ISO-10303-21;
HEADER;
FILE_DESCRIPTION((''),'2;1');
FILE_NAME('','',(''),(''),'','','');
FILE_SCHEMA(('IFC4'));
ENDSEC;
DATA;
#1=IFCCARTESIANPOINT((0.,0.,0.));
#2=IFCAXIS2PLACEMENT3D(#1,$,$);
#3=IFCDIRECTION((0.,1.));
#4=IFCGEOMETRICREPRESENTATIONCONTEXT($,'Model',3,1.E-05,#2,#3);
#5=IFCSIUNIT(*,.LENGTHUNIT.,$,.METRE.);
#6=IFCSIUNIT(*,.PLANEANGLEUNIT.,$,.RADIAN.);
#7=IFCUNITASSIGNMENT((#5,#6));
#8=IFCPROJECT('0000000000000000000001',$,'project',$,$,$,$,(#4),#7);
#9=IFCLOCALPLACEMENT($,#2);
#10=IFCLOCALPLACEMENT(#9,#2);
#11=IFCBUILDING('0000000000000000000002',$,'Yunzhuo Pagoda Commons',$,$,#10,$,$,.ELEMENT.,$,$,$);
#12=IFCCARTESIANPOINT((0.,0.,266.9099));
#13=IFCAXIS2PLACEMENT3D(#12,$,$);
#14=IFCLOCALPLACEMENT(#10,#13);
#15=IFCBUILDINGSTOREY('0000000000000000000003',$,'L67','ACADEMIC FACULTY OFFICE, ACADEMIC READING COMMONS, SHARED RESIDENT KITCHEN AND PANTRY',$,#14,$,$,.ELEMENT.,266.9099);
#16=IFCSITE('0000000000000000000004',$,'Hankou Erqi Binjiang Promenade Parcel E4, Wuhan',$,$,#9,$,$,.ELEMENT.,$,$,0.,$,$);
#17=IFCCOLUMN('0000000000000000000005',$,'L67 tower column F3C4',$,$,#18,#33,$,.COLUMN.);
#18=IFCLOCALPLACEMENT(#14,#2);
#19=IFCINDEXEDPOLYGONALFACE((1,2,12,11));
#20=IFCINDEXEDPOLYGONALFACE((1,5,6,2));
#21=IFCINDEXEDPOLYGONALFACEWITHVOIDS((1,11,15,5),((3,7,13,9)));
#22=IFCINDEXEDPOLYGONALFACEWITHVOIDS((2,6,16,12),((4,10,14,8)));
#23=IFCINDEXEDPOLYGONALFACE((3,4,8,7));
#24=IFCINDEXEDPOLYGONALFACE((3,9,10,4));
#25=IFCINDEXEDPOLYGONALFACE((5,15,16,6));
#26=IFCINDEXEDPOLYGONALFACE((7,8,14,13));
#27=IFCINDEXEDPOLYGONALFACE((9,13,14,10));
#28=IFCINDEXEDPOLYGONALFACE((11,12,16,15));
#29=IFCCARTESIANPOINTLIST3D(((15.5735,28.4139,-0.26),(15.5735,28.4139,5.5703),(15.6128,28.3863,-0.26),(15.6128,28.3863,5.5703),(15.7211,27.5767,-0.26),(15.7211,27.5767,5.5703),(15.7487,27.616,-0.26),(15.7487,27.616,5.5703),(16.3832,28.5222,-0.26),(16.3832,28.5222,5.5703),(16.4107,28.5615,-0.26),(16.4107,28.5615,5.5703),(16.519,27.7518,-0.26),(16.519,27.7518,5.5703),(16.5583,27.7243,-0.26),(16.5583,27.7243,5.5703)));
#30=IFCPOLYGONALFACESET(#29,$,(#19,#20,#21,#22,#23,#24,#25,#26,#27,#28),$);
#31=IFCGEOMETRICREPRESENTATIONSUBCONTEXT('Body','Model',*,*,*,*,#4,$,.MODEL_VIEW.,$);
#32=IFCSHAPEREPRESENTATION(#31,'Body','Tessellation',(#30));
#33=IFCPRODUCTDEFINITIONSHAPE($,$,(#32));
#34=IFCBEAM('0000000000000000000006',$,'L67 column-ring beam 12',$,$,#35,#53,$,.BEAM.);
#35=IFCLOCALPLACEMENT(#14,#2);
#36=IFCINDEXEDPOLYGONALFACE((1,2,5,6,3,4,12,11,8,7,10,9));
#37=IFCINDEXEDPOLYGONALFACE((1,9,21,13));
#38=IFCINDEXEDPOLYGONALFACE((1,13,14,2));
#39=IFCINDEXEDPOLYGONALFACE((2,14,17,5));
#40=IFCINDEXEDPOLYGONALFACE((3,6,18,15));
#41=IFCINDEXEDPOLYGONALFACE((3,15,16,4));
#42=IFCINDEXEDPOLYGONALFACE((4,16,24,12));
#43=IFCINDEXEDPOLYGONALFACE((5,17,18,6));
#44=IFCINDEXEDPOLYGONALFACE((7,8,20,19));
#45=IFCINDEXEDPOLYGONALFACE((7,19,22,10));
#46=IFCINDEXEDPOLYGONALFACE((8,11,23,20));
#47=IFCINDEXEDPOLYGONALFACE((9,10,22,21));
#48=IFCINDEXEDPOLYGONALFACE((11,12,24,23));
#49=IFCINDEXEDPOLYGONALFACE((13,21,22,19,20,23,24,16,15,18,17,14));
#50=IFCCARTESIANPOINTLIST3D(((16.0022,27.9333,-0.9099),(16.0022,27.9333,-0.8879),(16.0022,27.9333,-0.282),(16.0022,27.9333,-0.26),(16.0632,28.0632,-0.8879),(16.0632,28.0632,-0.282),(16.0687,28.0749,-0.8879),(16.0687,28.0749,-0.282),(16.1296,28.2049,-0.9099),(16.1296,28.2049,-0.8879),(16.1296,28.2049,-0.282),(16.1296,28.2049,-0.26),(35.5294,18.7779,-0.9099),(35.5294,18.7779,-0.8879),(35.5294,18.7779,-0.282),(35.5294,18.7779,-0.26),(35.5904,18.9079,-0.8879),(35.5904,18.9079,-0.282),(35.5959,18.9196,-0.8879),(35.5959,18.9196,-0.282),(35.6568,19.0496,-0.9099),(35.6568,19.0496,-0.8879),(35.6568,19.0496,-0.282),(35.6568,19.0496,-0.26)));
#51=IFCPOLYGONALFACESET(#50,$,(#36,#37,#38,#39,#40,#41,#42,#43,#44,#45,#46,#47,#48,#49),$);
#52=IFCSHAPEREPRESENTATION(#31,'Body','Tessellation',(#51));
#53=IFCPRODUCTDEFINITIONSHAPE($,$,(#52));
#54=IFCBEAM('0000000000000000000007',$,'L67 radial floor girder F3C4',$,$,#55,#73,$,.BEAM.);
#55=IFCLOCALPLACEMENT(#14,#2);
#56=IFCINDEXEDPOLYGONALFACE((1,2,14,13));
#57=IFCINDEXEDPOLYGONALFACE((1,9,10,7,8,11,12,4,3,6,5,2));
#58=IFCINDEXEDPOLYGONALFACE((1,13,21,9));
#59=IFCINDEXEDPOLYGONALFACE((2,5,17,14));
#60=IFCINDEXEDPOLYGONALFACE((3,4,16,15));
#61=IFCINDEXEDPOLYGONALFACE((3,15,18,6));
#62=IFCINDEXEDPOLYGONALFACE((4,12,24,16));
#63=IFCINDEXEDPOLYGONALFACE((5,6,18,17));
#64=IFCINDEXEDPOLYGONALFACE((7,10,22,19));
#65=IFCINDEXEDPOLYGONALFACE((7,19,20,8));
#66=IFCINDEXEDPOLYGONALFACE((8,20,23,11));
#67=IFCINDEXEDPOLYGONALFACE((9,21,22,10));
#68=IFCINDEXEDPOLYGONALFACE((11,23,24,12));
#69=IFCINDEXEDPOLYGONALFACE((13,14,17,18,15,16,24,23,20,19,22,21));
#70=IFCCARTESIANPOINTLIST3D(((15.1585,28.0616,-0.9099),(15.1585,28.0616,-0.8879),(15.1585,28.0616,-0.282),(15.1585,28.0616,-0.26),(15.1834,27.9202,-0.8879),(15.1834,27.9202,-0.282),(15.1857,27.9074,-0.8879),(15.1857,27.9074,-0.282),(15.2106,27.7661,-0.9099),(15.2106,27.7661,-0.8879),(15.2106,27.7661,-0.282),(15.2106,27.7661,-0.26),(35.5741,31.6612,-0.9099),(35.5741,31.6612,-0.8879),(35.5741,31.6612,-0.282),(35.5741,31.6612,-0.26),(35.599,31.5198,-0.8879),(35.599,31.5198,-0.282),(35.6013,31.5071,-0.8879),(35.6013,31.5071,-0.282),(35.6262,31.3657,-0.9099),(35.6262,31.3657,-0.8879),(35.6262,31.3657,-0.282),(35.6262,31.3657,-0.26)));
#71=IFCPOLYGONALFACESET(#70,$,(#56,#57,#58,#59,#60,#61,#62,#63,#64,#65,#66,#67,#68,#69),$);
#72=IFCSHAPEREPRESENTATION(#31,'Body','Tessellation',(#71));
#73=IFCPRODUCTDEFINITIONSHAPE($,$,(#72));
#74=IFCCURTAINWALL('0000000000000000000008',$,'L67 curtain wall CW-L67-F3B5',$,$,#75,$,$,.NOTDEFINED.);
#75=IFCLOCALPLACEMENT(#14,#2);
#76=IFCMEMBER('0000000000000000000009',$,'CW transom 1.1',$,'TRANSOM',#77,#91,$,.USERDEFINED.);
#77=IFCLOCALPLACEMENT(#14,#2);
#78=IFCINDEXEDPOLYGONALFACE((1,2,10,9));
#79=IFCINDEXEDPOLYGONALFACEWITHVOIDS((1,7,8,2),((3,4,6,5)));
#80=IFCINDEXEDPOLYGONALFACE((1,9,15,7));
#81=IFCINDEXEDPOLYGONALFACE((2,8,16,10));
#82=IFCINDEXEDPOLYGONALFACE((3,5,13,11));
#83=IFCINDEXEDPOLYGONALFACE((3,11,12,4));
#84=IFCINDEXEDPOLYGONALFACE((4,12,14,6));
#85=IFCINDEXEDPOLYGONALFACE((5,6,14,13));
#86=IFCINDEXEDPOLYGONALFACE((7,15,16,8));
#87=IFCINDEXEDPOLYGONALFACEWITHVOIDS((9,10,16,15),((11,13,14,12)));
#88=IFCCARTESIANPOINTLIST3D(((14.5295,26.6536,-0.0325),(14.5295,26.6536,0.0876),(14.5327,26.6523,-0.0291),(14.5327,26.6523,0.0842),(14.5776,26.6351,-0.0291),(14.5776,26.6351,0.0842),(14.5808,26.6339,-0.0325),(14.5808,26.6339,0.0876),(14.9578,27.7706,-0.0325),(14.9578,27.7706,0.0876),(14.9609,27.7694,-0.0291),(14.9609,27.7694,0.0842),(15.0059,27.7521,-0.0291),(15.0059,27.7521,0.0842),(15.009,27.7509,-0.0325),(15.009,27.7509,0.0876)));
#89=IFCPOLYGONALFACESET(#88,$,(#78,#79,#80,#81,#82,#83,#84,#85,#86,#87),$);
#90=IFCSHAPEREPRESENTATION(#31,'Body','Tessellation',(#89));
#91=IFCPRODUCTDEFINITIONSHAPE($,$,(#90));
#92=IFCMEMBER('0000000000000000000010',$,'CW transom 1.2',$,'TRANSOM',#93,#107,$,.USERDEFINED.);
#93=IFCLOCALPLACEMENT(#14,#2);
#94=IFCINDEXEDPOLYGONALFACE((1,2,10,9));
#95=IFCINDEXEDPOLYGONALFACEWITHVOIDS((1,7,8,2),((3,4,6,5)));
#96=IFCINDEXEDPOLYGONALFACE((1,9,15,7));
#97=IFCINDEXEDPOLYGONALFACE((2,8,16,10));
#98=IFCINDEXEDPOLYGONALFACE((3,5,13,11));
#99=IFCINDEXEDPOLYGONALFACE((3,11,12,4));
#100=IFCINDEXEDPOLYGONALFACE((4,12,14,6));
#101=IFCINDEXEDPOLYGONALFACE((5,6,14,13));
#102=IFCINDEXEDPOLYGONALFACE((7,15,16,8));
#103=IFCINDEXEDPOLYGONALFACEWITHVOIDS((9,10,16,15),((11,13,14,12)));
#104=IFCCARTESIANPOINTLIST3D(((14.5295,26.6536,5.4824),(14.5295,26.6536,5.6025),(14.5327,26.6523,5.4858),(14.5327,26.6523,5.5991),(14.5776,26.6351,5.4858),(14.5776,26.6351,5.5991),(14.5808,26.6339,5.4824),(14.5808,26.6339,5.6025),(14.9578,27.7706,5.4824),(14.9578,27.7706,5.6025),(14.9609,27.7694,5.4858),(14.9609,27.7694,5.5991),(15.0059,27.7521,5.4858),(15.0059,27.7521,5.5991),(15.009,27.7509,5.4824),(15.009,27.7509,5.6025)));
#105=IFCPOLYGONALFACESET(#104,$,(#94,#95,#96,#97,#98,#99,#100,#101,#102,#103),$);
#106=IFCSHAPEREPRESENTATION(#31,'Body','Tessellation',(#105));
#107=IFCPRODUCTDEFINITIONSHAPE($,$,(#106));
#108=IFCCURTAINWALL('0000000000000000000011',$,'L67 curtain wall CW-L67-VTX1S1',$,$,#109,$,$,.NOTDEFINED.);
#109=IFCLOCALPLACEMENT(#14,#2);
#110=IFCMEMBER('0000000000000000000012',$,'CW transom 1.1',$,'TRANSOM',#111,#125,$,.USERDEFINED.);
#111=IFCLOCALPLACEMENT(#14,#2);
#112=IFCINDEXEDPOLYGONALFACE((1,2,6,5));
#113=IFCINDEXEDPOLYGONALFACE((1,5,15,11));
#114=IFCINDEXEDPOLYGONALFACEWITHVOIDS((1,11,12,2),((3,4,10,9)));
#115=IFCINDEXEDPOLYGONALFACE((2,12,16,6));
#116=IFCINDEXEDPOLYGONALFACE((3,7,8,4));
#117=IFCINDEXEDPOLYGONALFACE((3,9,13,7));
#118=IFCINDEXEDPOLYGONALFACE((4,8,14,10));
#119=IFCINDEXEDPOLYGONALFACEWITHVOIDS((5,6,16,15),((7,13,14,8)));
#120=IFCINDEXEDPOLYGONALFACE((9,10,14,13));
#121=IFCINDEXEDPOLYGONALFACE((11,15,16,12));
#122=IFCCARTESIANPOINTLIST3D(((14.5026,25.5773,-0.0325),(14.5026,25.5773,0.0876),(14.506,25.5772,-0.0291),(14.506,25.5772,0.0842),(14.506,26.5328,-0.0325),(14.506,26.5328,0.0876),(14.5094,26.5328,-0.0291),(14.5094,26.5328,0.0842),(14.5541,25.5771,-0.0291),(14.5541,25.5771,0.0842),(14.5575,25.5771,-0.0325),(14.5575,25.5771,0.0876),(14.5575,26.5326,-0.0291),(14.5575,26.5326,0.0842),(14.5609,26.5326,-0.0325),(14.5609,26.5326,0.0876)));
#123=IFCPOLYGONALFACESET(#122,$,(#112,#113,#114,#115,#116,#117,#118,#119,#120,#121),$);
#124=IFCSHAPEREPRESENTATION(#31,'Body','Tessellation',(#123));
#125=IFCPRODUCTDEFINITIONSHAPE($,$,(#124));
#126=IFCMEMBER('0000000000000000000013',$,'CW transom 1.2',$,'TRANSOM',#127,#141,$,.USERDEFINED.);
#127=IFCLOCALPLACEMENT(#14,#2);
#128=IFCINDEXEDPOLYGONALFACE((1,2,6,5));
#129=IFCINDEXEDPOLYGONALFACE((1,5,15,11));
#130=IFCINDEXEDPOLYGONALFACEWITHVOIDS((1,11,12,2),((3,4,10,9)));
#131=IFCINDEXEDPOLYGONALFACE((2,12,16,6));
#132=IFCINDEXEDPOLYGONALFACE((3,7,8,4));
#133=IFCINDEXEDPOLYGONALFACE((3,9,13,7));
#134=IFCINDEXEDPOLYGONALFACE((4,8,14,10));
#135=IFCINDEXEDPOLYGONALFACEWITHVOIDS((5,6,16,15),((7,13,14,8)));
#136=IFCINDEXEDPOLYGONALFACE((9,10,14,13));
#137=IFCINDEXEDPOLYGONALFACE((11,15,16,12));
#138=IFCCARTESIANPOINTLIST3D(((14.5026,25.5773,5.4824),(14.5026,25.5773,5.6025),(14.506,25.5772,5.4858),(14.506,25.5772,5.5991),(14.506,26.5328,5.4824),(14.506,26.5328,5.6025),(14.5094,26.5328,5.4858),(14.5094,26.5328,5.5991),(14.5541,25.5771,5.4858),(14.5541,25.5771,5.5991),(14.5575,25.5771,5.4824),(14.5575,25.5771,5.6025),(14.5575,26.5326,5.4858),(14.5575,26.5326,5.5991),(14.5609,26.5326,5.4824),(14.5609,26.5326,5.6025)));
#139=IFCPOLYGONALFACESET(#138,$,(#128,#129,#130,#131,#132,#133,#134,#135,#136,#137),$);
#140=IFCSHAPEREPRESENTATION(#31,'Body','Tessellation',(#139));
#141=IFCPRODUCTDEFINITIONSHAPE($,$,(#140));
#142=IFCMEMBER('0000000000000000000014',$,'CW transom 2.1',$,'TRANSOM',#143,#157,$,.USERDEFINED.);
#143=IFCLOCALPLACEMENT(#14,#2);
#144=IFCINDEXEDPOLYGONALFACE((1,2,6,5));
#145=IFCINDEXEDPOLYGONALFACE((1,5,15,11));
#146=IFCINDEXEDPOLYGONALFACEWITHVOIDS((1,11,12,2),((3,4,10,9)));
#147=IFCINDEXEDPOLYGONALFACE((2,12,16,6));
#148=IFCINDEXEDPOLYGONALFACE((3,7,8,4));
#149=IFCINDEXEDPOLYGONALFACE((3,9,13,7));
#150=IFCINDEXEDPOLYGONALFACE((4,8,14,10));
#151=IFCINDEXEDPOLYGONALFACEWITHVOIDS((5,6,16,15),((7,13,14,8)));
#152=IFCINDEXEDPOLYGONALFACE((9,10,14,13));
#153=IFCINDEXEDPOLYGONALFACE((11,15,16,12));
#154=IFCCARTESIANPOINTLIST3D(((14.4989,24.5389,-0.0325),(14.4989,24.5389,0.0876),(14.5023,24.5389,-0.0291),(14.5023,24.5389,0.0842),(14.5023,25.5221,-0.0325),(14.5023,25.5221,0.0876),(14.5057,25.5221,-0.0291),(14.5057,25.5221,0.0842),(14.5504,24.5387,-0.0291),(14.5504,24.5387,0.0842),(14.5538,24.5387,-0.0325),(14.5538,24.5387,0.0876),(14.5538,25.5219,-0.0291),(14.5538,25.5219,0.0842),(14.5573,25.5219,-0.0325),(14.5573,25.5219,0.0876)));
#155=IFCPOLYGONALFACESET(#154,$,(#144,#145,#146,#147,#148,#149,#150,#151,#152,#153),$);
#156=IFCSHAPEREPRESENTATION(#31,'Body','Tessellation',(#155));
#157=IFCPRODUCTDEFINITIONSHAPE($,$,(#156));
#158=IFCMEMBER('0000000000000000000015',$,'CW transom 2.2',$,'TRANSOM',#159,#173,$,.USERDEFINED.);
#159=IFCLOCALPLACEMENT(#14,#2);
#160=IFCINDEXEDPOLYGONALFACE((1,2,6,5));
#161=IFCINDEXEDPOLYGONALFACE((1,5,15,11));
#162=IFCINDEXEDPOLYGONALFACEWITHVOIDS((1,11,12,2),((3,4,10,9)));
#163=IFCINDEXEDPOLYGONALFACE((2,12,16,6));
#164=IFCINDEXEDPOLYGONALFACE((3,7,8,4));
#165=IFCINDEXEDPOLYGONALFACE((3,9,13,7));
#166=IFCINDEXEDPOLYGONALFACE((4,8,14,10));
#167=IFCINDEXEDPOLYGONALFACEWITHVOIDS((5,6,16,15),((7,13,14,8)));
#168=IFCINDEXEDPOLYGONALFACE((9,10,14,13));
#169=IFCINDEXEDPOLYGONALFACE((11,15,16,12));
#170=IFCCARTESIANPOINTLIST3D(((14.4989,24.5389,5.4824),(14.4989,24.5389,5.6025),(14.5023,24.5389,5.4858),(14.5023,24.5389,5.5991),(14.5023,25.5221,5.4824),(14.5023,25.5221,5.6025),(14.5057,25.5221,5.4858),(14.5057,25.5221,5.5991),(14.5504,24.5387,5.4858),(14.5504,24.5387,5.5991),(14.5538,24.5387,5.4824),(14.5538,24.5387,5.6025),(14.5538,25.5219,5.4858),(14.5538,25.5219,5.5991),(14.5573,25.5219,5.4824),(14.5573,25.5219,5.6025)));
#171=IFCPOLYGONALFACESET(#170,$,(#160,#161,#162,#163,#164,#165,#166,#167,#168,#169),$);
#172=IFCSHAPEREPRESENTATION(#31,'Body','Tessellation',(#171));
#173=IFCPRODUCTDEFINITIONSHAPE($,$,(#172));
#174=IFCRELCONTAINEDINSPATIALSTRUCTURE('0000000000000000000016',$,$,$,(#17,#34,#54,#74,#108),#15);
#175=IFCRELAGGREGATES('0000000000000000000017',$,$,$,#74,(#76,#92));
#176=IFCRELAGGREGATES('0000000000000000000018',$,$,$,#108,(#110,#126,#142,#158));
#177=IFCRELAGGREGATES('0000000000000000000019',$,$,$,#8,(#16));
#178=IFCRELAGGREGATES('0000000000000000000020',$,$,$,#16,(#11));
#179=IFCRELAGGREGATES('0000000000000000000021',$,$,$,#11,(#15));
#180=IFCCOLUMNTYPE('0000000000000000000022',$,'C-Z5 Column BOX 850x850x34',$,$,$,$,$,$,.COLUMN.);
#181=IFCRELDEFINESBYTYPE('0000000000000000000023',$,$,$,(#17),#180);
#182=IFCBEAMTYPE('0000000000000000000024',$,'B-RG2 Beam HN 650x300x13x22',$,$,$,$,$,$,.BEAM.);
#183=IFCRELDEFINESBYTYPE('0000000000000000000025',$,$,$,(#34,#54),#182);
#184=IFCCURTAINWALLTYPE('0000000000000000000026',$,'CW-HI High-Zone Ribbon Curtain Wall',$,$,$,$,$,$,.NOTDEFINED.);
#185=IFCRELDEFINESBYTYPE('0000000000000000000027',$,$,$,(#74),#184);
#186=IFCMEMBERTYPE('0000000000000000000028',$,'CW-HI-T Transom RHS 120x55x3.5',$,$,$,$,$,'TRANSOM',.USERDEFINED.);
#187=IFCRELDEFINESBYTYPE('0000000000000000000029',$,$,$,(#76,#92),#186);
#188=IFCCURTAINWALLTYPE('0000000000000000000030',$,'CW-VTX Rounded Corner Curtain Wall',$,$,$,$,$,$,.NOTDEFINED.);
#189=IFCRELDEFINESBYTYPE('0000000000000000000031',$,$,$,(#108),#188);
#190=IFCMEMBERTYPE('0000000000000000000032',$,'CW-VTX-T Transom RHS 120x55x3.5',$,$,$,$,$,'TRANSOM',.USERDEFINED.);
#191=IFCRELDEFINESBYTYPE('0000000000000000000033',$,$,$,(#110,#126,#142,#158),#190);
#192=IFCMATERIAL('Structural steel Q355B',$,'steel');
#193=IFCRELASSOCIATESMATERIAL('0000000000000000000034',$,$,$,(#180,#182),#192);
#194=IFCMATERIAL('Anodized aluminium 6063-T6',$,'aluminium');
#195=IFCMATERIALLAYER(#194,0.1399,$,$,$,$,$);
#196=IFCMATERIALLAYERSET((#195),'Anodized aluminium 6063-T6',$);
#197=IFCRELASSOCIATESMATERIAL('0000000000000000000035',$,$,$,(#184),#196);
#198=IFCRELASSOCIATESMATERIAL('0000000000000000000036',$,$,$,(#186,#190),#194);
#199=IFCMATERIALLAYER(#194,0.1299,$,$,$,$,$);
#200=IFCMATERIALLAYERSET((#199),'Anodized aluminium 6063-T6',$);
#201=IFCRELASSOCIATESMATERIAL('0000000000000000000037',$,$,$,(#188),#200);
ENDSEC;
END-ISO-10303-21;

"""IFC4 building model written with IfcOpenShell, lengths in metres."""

from ifc_helpers import new_model, si_unit, direction, frame, origin, origin_2d, place, context, subcontext, project, spatial, hollow_rectangle, i_section, extrude, source, transform, mapped, material, layer, layer_set, material_profile, profile_set, type_object, element, aggregate, save


model = new_model("IFC4")

# Units and contexts
model_context = context("Model", 3, precision=1e-05, world=origin(), true_north=direction((0.0, 1.0)))
body_context = subcontext(model_context, "Body", "Model", "MODEL_VIEW")
ifc_project = project(units=[si_unit("LENGTHUNIT", "METRE"), si_unit("PLANEANGLEUNIT", "RADIAN")], contexts=[model_context])

# Site, building, storey
site_placement = place(None, origin())
site = spatial("IfcSite", under=ifc_project, at=site_placement, Name="Hankou Erqi Binjiang Promenade Parcel E4, Wuhan", CompositionType="ELEMENT", RefElevation=0.0)
building_placement = place(site_placement, origin())
building = spatial("IfcBuilding", under=site, at=building_placement, Name="Yunzhuo Pagoda Commons", CompositionType="ELEMENT")
storey_placement = place(building_placement, frame((0.0, 0.0, 266.9099)))
storey = spatial("IfcBuildingStorey", under=building, at=storey_placement, Name="L67", Description="ACADEMIC FACULTY OFFICE, ACADEMIC READING COMMONS, SHARED RESIDENT KITCHEN AND PANTRY", CompositionType="ELEMENT", Elevation=266.9099)

# Column
ifc_material_1 = material(Name="Structural steel Q355B", Category="steel")
ifc_material_profile_1 = material_profile(ifc_material_1, hollow_rectangle(XDim=0.8501, YDim=0.8501, WallThickness=0.0339, at=origin_2d()), Name="Structural steel Q355B")
ifc_profile_set_1 = profile_set([ifc_material_profile_1], Name="Structural steel Q355B")
column_type = type_object("IfcColumnType", Name="C-Z5 Column BOX 850x850x34", PredefinedType="COLUMN", material=ifc_profile_set_1)
shared_shape_1 = source(origin(), body_context, "Body", "SweptSolid", [
    extrude(hollow_rectangle(XDim=0.8501, YDim=0.8501, WallThickness=0.0339, at=origin_2d()), origin(), (0.0, 0.0, 1.0), 5.8303),
])
column_placement = place(storey_placement, frame((16.0659, 28.0691, -0.26), z_axis=(0.0, 0.0, 1.0), x_axis=(0.173648, -0.984808, 0.0)))
element("IfcColumn", 1, at=column_placement, inside=storey, type_object=column_type, Name="L67 tower column F3C4", PredefinedType="COLUMN", context=body_context, shape_type="MappedRepresentation", body=[
    mapped(shared_shape_1, transform((0.0, 0.0, 0.0), scale=1.0)),
])

# Beams
ifc_material_profile_2 = material_profile(ifc_material_1, i_section(OverallWidth=0.3, OverallDepth=0.6499, WebThickness=0.0129, FlangeThickness=0.022, at=origin_2d()), Name="Structural steel Q355B")
ifc_profile_set_2 = profile_set([ifc_material_profile_2], Name="Structural steel Q355B")
beam_type = type_object("IfcBeamType", Name="B-RG2 Beam HN 650x300x13x22", PredefinedType="BEAM", material=ifc_profile_set_2)
shared_shape_2 = source(origin(), body_context, "Body", "SweptSolid", [
    extrude(i_section(OverallWidth=0.3, OverallDepth=0.6499, WebThickness=0.0129, FlangeThickness=0.022, at=origin_2d()), origin(), (0.0, 0.0, 1.0), 21.5669),
])
beam_1_placement = place(storey_placement, frame((16.0659, 28.0691, -0.585), z_axis=(0.905424, -0.424508, 0.0), x_axis=(0.424508, 0.905424, 0.0)))
element("IfcBeam", 2, at=beam_1_placement, inside=storey, type_object=beam_type, Name="L67 column-ring beam 12", PredefinedType="BEAM", context=body_context, shape_type="MappedRepresentation", body=[
    mapped(shared_shape_2, transform((0.0, 0.0, 0.0), scale=1.0)),
])
shared_shape_3 = source(origin(), body_context, "Body", "SweptSolid", [
    extrude(i_section(OverallWidth=0.3, OverallDepth=0.6499, WebThickness=0.0129, FlangeThickness=0.022, at=origin_2d()), origin(), (0.0, 0.0, 1.0), 20.7305),
])
beam_2_placement = place(storey_placement, frame((15.1846, 27.9138, -0.585), z_axis=(0.984809, 0.173639, 0.0), x_axis=(-0.173639, 0.984809, 0.0)))
element("IfcBeam", 3, at=beam_2_placement, inside=storey, type_object=beam_type, Name="L67 radial floor girder F3C4", PredefinedType="BEAM", context=body_context, shape_type="MappedRepresentation", body=[
    mapped(shared_shape_3, transform((0.0, 0.0, 0.0), scale=1.0)),
])

# Curtain walls, members
ifc_material_2 = material(Name="Anodized aluminium 6063-T6", Category="aluminium")
ifc_layer_1 = layer(ifc_material_2, 0.1399)
ifc_layer_set_1 = layer_set([ifc_layer_1], Name="Anodized aluminium 6063-T6")
curtain_wall_type_1 = type_object("IfcCurtainWallType", Name="CW-HI High-Zone Ribbon Curtain Wall", PredefinedType="NOTDEFINED", material=ifc_layer_set_1)
curtain_wall_1_placement = place(storey_placement, origin())
curtain_wall_1 = element("IfcCurtainWall", 4, at=curtain_wall_1_placement, inside=storey, type_object=curtain_wall_type_1, Name="L67 curtain wall CW-L67-F3B5", PredefinedType="NOTDEFINED")
ifc_material_profile_3 = material_profile(ifc_material_2, hollow_rectangle(XDim=0.0549, YDim=0.1201, WallThickness=0.0034, at=origin_2d()), Name="Anodized aluminium 6063-T6")
ifc_profile_set_3 = profile_set([ifc_material_profile_3], Name="Anodized aluminium 6063-T6")
member_type_1 = type_object("IfcMemberType", Name="CW-HI-T Transom RHS 120x55x3.5", ElementType="TRANSOM", PredefinedType="USERDEFINED", material=ifc_profile_set_3)
shared_shape_4 = source(origin(), body_context, "Body", "SweptSolid", [
    extrude(hollow_rectangle(XDim=0.0549, YDim=0.1201, WallThickness=0.0034, at=origin_2d()), origin(), (0.0, 0.0, 1.0), 1.1963),
])
member_1_placement = place(storey_placement, frame((14.9834, 27.7607, 0.0276), z_axis=(-0.35798, -0.933729, 0.0), x_axis=(0.933729, -0.35798, 0.0)))
member_1 = element("IfcMember", 5, at=member_1_placement, type_object=member_type_1, Name="CW transom 1.1", ObjectType="TRANSOM", PredefinedType="USERDEFINED", context=body_context, shape_type="MappedRepresentation", body=[
    mapped(shared_shape_4, transform((0.0, 0.0, 0.0), scale=1.0)),
])
member_2_placement = place(storey_placement, frame((14.9834, 27.7607, 5.5425), z_axis=(-0.35798, -0.933729, 0.0), x_axis=(0.933729, -0.35798, 0.0)))
member_2 = element("IfcMember", 6, at=member_2_placement, type_object=member_type_1, Name="CW transom 1.2", ObjectType="TRANSOM", PredefinedType="USERDEFINED", context=body_context, shape_type="MappedRepresentation", body=[
    mapped(shared_shape_4, transform((0.0, 0.0, 0.0), scale=1.0)),
])
ifc_layer_2 = layer(ifc_material_2, 0.1299)
ifc_layer_set_2 = layer_set([ifc_layer_2], Name="Anodized aluminium 6063-T6")
curtain_wall_type_2 = type_object("IfcCurtainWallType", Name="CW-VTX Rounded Corner Curtain Wall", PredefinedType="NOTDEFINED", material=ifc_layer_set_2)
curtain_wall_2_placement = place(storey_placement, origin())
curtain_wall_2 = element("IfcCurtainWall", 7, at=curtain_wall_2_placement, inside=storey, type_object=curtain_wall_type_2, Name="L67 curtain wall CW-L67-VTX1S1", PredefinedType="NOTDEFINED")
ifc_material_profile_4 = material_profile(ifc_material_2, hollow_rectangle(XDim=0.0549, YDim=0.1201, WallThickness=0.0034, at=origin_2d()), Name="Anodized aluminium 6063-T6")
ifc_profile_set_4 = profile_set([ifc_material_profile_4], Name="Anodized aluminium 6063-T6")
member_type_2 = type_object("IfcMemberType", Name="CW-VTX-T Transom RHS 120x55x3.5", ElementType="TRANSOM", PredefinedType="USERDEFINED", material=ifc_profile_set_4)
shared_shape_5 = source(origin(), body_context, "Body", "SweptSolid", [
    extrude(hollow_rectangle(XDim=0.0549, YDim=0.1201, WallThickness=0.0034, at=origin_2d()), origin(), (0.0, 0.0, 1.0), 0.9556),
])
member_3_placement = place(storey_placement, frame((14.5334, 26.5327, 0.0276), z_axis=(-0.003577, -0.999994, 0.0), x_axis=(0.999994, -0.003577, 0.0)))
member_3 = element("IfcMember", 8, at=member_3_placement, type_object=member_type_2, Name="CW transom 1.1", ObjectType="TRANSOM", PredefinedType="USERDEFINED", context=body_context, shape_type="MappedRepresentation", body=[
    mapped(shared_shape_5, transform((0.0, 0.0, 0.0), scale=1.0)),
])
member_4_placement = place(storey_placement, frame((14.5334, 26.5327, 5.5425), z_axis=(-0.003577, -0.999994, 0.0), x_axis=(0.999994, -0.003577, 0.0)))
member_4 = element("IfcMember", 9, at=member_4_placement, type_object=member_type_2, Name="CW transom 1.2", ObjectType="TRANSOM", PredefinedType="USERDEFINED", context=body_context, shape_type="MappedRepresentation", body=[
    mapped(shared_shape_5, transform((0.0, 0.0, 0.0), scale=1.0)),
])
shared_shape_6 = source(origin(), body_context, "Body", "SweptSolid", [
    extrude(hollow_rectangle(XDim=0.0549, YDim=0.1201, WallThickness=0.0034, at=origin_2d()), origin(), (0.0, 0.0, 1.0), 0.9832),
])
member_5_placement = place(storey_placement, frame((14.5298, 25.522, 0.0276), z_axis=(-0.003477, -0.999994, 0.0), x_axis=(0.999994, -0.003477, 0.0)))
member_5 = element("IfcMember", 10, at=member_5_placement, type_object=member_type_2, Name="CW transom 2.1", ObjectType="TRANSOM", PredefinedType="USERDEFINED", context=body_context, shape_type="MappedRepresentation", body=[
    mapped(shared_shape_6, transform((0.0, 0.0, 0.0), scale=1.0)),
])
member_6_placement = place(storey_placement, frame((14.5298, 25.522, 5.5425), z_axis=(-0.003477, -0.999994, 0.0), x_axis=(0.999994, -0.003477, 0.0)))
member_6 = element("IfcMember", 11, at=member_6_placement, type_object=member_type_2, Name="CW transom 2.2", ObjectType="TRANSOM", PredefinedType="USERDEFINED", context=body_context, shape_type="MappedRepresentation", body=[
    mapped(shared_shape_6, transform((0.0, 0.0, 0.0), scale=1.0)),
])

aggregate(curtain_wall_1, [member_1, member_2])
aggregate(curtain_wall_2, [member_3, member_4, member_5, member_6])

save(model, "model.ifc")
